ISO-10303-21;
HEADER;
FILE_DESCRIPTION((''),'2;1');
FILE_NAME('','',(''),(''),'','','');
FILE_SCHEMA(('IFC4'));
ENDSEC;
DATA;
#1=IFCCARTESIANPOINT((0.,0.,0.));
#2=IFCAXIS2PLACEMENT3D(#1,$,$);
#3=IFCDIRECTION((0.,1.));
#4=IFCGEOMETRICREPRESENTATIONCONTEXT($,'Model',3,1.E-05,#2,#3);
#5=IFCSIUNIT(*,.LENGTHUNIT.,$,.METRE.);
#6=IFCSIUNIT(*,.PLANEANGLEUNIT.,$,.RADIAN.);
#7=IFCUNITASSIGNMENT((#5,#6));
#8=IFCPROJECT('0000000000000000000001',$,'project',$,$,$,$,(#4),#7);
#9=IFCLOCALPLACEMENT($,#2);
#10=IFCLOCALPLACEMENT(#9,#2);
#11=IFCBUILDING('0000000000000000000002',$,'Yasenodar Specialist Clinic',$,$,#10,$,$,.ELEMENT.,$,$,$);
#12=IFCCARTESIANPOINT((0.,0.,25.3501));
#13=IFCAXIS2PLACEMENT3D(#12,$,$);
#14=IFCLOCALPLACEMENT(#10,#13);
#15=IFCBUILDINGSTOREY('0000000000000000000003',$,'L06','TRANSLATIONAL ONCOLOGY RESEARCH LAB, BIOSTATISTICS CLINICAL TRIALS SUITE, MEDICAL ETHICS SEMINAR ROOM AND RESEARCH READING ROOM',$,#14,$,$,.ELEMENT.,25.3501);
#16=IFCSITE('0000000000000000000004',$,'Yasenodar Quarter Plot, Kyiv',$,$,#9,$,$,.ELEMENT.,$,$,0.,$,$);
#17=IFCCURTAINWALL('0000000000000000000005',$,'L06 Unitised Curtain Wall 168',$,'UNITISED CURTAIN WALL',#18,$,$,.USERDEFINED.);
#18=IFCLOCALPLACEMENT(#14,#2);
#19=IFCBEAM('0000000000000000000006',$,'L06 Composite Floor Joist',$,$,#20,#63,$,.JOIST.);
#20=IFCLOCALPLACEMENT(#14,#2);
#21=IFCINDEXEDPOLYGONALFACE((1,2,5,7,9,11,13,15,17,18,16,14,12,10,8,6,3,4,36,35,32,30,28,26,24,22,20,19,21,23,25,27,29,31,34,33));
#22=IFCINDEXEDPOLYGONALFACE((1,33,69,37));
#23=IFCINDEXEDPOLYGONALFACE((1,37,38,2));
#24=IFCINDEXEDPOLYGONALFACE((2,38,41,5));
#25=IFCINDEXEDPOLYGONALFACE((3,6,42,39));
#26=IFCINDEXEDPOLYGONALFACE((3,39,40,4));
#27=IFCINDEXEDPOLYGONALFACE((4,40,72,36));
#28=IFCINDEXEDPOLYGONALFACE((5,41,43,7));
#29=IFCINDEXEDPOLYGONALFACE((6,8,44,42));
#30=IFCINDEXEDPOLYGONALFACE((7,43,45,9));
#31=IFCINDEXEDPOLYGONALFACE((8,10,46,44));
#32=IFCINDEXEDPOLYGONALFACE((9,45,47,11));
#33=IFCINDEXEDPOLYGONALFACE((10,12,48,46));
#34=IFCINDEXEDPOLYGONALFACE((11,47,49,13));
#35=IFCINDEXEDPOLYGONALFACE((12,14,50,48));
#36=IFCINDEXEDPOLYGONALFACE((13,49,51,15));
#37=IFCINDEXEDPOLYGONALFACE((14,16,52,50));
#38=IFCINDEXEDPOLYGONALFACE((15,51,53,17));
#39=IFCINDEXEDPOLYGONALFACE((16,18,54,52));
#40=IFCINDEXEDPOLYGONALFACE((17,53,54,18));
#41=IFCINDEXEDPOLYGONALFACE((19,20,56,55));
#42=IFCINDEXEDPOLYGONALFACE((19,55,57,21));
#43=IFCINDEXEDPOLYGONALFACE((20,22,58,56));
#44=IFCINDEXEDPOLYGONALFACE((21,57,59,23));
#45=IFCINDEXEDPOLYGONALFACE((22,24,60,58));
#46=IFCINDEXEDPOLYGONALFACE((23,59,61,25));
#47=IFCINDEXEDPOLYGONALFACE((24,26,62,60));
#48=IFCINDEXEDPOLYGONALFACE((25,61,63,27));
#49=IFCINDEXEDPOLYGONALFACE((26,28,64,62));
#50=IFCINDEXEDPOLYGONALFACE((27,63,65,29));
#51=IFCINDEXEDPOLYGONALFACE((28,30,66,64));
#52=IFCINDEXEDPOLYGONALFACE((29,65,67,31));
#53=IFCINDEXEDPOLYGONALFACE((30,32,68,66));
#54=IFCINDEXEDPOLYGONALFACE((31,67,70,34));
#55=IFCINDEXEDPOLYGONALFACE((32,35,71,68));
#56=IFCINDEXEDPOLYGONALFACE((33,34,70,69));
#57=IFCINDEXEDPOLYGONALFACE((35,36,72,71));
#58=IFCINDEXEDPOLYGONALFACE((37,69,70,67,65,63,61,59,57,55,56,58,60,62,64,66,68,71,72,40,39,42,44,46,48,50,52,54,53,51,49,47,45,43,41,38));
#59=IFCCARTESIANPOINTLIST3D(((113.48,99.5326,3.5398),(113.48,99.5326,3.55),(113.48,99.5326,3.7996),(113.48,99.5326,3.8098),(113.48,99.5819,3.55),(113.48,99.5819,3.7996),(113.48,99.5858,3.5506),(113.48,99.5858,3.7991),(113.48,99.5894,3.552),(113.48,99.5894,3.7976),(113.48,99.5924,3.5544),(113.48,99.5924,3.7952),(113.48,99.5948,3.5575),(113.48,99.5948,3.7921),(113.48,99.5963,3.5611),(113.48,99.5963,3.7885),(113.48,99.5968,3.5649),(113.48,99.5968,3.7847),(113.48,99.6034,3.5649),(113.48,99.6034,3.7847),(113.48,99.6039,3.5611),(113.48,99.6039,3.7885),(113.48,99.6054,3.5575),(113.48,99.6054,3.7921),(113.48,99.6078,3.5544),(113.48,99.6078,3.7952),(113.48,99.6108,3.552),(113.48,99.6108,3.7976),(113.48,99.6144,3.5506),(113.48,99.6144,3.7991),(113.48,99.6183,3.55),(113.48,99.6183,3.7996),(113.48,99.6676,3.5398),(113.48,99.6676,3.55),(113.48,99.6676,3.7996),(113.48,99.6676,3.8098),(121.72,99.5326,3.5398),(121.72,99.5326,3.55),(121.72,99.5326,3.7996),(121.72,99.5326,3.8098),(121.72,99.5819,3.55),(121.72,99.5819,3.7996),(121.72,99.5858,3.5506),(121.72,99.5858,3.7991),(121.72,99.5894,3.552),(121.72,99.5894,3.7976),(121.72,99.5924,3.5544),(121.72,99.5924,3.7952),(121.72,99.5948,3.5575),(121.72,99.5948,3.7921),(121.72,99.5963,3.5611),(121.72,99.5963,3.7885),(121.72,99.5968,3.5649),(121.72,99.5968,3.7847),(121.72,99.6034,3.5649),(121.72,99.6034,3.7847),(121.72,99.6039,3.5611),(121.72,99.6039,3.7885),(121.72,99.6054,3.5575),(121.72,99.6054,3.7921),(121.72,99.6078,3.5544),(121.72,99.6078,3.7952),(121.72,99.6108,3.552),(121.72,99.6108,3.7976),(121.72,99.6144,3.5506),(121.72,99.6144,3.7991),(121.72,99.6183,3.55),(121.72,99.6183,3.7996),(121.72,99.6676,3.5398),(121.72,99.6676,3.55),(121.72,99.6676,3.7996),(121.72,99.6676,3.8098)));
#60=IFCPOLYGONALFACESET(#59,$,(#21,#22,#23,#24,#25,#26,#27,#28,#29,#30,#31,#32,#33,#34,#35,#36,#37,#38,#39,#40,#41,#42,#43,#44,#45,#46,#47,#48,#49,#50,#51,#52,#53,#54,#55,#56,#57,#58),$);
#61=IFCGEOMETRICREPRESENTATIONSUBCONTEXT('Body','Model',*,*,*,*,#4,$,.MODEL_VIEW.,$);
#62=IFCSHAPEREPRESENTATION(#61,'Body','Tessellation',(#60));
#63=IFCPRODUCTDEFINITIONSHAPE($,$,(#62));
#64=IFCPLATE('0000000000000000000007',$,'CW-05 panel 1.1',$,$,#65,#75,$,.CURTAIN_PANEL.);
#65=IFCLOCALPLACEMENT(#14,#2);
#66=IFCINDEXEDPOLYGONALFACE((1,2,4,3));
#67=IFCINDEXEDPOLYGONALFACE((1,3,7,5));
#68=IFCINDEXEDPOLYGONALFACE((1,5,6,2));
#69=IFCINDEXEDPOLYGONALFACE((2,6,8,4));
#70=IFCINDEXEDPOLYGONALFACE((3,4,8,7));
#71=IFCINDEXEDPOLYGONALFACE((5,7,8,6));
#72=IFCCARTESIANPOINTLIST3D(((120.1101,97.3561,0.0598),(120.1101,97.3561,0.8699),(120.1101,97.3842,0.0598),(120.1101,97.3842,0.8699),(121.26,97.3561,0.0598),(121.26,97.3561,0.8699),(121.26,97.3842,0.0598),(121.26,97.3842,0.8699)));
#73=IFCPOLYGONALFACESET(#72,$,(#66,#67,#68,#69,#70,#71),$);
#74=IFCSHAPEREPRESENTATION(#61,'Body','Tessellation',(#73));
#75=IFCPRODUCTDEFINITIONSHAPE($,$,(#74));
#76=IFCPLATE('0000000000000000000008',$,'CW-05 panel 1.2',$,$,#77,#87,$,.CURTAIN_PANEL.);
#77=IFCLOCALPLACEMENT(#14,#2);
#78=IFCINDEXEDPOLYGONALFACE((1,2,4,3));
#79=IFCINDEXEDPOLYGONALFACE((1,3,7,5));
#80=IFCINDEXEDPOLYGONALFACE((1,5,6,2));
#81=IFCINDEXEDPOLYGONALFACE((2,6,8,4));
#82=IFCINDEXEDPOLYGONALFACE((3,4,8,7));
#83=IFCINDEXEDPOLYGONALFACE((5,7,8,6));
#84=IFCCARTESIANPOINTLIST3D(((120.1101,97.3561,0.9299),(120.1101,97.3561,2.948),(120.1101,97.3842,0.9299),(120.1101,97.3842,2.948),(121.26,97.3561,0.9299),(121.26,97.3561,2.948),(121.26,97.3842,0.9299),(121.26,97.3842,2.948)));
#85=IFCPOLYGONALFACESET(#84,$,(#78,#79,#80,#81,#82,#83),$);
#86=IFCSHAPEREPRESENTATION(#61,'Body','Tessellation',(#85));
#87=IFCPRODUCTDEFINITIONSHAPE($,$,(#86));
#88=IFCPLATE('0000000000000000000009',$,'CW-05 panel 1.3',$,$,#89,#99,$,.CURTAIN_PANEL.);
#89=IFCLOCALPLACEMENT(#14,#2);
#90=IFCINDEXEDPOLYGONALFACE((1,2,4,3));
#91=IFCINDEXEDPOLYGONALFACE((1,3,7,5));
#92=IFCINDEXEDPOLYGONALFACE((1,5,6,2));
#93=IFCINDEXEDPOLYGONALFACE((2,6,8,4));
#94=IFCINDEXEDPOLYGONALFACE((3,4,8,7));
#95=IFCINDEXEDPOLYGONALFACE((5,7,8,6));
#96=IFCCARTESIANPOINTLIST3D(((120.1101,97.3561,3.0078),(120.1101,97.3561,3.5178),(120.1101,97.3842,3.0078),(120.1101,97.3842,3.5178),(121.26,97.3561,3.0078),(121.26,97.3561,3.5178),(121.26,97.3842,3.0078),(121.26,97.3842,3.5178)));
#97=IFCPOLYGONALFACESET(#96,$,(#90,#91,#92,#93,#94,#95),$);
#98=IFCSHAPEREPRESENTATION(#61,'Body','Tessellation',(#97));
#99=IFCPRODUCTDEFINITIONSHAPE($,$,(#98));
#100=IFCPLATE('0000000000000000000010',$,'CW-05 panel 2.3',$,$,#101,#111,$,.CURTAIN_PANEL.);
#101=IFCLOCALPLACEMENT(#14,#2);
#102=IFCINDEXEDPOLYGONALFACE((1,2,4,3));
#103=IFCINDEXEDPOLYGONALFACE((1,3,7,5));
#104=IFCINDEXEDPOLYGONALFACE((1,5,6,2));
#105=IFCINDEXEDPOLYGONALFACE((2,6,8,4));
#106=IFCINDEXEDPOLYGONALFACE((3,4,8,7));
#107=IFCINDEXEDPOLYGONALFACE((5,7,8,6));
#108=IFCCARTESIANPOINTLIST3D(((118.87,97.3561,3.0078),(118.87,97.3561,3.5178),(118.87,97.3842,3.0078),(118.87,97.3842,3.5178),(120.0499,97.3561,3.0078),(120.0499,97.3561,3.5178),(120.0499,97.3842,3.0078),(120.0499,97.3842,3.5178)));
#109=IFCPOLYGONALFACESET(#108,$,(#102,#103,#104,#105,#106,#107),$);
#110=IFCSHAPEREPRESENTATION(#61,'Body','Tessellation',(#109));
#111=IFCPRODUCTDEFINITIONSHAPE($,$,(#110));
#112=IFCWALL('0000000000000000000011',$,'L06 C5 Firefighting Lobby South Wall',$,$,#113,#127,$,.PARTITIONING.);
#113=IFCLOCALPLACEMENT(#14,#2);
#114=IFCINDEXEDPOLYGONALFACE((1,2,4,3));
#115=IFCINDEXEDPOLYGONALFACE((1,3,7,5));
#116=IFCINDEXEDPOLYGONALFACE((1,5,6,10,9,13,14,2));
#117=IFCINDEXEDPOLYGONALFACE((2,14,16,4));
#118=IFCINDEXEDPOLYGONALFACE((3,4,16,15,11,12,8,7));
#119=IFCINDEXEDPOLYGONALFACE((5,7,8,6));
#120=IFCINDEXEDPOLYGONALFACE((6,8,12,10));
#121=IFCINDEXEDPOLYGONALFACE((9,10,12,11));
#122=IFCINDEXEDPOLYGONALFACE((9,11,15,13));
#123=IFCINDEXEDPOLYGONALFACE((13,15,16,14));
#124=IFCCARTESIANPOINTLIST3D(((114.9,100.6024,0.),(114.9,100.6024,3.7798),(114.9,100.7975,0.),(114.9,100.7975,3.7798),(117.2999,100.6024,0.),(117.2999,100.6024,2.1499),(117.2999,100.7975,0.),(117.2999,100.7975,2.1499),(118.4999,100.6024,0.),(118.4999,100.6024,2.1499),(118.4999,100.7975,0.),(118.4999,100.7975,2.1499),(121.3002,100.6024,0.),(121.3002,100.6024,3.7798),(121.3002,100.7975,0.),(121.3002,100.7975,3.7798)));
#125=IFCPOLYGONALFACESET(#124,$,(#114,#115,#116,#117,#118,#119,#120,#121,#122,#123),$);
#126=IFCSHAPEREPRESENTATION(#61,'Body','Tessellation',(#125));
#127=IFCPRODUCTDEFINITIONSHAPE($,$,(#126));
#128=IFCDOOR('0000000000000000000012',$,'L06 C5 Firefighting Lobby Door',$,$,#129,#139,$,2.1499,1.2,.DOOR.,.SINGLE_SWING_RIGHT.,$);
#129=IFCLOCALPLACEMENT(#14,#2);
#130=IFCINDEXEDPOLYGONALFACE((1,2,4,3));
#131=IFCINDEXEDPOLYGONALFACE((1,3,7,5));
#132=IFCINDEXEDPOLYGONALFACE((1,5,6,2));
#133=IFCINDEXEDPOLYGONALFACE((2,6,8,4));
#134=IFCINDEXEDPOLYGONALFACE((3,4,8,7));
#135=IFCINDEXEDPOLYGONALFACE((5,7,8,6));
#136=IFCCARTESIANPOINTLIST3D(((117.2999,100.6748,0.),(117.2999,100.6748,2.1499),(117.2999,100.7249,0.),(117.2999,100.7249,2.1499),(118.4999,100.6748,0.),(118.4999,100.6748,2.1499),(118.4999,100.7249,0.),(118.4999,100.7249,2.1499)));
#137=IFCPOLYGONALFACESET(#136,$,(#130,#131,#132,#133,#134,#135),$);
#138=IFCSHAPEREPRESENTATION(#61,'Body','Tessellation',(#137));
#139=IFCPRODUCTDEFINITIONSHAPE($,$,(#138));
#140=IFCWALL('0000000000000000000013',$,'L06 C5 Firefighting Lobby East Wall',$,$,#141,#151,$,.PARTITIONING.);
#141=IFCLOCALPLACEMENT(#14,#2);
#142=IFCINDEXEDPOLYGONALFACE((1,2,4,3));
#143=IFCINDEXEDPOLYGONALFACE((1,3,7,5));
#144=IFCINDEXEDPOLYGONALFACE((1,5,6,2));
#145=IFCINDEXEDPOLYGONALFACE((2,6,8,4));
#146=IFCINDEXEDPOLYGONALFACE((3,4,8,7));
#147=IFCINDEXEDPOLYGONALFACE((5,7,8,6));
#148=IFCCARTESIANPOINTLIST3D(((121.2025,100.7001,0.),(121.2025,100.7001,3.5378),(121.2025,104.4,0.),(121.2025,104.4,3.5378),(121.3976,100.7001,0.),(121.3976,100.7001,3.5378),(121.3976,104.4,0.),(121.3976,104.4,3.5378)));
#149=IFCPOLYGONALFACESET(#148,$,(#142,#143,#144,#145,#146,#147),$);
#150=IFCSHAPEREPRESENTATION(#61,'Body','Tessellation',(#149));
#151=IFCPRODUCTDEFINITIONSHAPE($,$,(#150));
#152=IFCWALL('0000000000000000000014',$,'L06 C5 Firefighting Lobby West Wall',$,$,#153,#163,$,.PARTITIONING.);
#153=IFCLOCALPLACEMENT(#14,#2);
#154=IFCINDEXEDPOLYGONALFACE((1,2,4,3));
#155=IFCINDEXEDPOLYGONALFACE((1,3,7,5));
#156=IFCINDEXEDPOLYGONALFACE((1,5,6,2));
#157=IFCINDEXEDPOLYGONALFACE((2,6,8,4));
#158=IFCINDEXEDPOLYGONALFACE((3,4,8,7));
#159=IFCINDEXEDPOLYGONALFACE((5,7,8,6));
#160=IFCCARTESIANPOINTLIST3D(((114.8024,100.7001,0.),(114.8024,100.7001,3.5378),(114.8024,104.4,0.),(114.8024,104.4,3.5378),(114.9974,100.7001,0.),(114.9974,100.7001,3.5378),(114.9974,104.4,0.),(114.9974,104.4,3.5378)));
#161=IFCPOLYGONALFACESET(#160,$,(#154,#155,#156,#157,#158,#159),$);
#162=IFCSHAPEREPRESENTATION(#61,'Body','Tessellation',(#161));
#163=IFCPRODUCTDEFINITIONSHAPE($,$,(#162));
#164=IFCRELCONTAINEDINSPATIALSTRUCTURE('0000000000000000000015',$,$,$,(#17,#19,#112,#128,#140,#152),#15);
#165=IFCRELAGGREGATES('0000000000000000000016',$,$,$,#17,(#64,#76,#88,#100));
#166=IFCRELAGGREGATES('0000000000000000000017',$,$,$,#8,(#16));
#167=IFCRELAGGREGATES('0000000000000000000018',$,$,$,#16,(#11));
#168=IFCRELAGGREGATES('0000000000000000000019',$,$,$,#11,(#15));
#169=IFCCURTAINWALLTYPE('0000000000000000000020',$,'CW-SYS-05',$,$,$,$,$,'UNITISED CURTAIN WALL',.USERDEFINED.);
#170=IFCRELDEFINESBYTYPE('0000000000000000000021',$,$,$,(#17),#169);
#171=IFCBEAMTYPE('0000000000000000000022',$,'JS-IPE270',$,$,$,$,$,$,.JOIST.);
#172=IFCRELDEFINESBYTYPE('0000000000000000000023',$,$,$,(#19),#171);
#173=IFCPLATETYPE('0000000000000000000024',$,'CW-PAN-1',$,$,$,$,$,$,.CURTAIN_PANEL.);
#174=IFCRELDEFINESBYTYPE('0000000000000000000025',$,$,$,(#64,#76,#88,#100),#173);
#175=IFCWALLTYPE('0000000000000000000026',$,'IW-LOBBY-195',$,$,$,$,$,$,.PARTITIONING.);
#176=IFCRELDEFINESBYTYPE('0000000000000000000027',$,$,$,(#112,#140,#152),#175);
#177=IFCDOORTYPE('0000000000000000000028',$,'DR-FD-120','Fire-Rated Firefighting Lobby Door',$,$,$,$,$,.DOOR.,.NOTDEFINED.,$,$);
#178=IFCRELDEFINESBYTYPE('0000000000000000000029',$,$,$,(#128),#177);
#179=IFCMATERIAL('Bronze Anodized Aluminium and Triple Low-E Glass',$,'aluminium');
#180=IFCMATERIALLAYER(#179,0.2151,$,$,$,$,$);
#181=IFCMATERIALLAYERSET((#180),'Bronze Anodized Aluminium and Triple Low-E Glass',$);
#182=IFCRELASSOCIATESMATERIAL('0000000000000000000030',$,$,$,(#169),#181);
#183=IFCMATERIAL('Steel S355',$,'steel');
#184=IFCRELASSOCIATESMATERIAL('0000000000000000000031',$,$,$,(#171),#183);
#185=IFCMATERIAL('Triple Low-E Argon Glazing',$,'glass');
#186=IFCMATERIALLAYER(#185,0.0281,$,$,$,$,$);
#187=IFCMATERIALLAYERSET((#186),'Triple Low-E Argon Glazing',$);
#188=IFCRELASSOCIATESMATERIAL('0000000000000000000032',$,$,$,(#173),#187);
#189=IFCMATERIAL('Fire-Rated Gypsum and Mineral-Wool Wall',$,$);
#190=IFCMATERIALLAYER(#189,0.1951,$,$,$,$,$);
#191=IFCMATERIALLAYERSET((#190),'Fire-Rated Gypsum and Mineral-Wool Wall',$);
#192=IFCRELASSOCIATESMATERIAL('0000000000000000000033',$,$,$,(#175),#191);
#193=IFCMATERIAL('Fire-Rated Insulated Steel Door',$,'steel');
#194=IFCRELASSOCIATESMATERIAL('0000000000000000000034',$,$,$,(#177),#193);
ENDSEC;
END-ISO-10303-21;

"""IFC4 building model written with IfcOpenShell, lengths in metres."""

from ifc_helpers import new_model, si_unit, direction, frame, frame_2d, origin, origin_2d, place, context, subcontext, project, spatial, rectangle, i_section, extrude, material, layer, layer_set, material_profile, profile_set, type_object, element, fill, aggregate, save


model = new_model("IFC4")

# Units and contexts
model_context = context("Model", 3, precision=1e-05, world=origin(), true_north=direction((0.0, 1.0)))
body_context = subcontext(model_context, "Body", "Model", "MODEL_VIEW")
ifc_project = project(units=[si_unit("LENGTHUNIT", "METRE"), si_unit("PLANEANGLEUNIT", "RADIAN")], contexts=[model_context])

# Site, building, storey
site_placement = place(None, origin())
site = spatial("IfcSite", under=ifc_project, at=site_placement, Name="Yasenodar Quarter Plot, Kyiv", CompositionType="ELEMENT", RefElevation=0.0)
building_placement = place(site_placement, origin())
building = spatial("IfcBuilding", under=site, at=building_placement, Name="Yasenodar Specialist Clinic", CompositionType="ELEMENT")
storey_placement = place(building_placement, frame((0.0, 0.0, 25.3501)))
storey = spatial("IfcBuildingStorey", under=building, at=storey_placement, Name="L06", Description="TRANSLATIONAL ONCOLOGY RESEARCH LAB, BIOSTATISTICS CLINICAL TRIALS SUITE, MEDICAL ETHICS SEMINAR ROOM AND RESEARCH READING ROOM", CompositionType="ELEMENT", Elevation=25.3501)

# Curtain wall
ifc_material_1 = material(Name="Bronze Anodized Aluminium and Triple Low-E Glass", Category="aluminium")
ifc_layer_1 = layer(ifc_material_1, 0.2151)
ifc_layer_set_1 = layer_set([ifc_layer_1], Name="Bronze Anodized Aluminium and Triple Low-E Glass")
curtain_wall_type = type_object("IfcCurtainWallType", Name="CW-SYS-05", ElementType="UNITISED CURTAIN WALL", PredefinedType="USERDEFINED", material=ifc_layer_set_1)
curtain_wall_placement = place(storey_placement, origin())
curtain_wall = element("IfcCurtainWall", 1, at=curtain_wall_placement, inside=storey, type_object=curtain_wall_type, Name="L06 Unitised Curtain Wall 168", ObjectType="UNITISED CURTAIN WALL", PredefinedType="USERDEFINED")

# Beam
ifc_material_2 = material(Name="Steel S355", Category="steel")
ifc_material_profile_1 = material_profile(ifc_material_2, i_section(OverallWidth=0.135, OverallDepth=0.27, WebThickness=0.0066, FlangeThickness=0.0103, FilletRadius=0.0149, at=origin_2d()), Name="IPE 270")
ifc_profile_set_1 = profile_set([ifc_material_profile_1], Name="Steel S355")
beam_type_1 = type_object("IfcBeamType", Name="JS-IPE270", PredefinedType="JOIST", material=ifc_profile_set_1)
beam_1_placement = place(storey_placement, frame((113.48, 99.6001, 3.6748), z_axis=(1.0, 0.0, 0.0), x_axis=(0.0, 1.0, 0.0)))
element("IfcBeam", 2, at=beam_1_placement, inside=storey, type_object=beam_type_1, Name="L06 Composite Floor Joist", PredefinedType="JOIST", context=body_context, shape_type="SweptSolid", body=[
    extrude(i_section(OverallWidth=0.135, OverallDepth=0.27, WebThickness=0.0066, FlangeThickness=0.0103, FilletRadius=0.0149, at=origin_2d()), origin(), (0.0, 0.0, 1.0), 8.24),
])

# Plates
ifc_material_3 = material(Name="Triple Low-E Argon Glazing", Category="glass")
ifc_layer_2 = layer(ifc_material_3, 0.0281)
ifc_layer_set_2 = layer_set([ifc_layer_2], Name="Triple Low-E Argon Glazing")
plate_type = type_object("IfcPlateType", Name="CW-PAN-1", PredefinedType="CURTAIN_PANEL", material=ifc_layer_set_2)
plate_1_placement = place(storey_placement, frame((120.6851, 97.3701, 0.0598), z_axis=(0.0, 0.0, 1.0), x_axis=(-1.0, 0.0, 0.0)))
plate_1 = element("IfcPlate", 3, at=plate_1_placement, type_object=plate_type, Name="CW-05 panel 1.1", PredefinedType="CURTAIN_PANEL", context=body_context, shape_type="SweptSolid", body=[
    extrude(rectangle(XDim=1.1499, YDim=0.0281, at=origin_2d()), origin(), (0.0, 0.0, 1.0), 0.8101),
])
plate_2_placement = place(storey_placement, frame((120.6851, 97.3701, 0.9299), z_axis=(0.0, 0.0, 1.0), x_axis=(-1.0, 0.0, 0.0)))
plate_2 = element("IfcPlate", 4, at=plate_2_placement, type_object=plate_type, Name="CW-05 panel 1.2", PredefinedType="CURTAIN_PANEL", context=body_context, shape_type="SweptSolid", body=[
    extrude(rectangle(XDim=1.1499, YDim=0.0281, at=origin_2d()), origin(), (0.0, 0.0, 1.0), 2.0181),
])
plate_3_placement = place(storey_placement, frame((120.6851, 97.3701, 3.0078), z_axis=(0.0, 0.0, 1.0), x_axis=(-1.0, 0.0, 0.0)))
plate_3 = element("IfcPlate", 5, at=plate_3_placement, type_object=plate_type, Name="CW-05 panel 1.3", PredefinedType="CURTAIN_PANEL", context=body_context, shape_type="SweptSolid", body=[
    extrude(rectangle(XDim=1.1499, YDim=0.0281, at=origin_2d()), origin(), (0.0, 0.0, 1.0), 0.51),
])
plate_4_placement = place(storey_placement, frame((119.46, 97.3701, 3.0078), z_axis=(0.0, 0.0, 1.0), x_axis=(-1.0, 0.0, 0.0)))
plate_4 = element("IfcPlate", 6, at=plate_4_placement, type_object=plate_type, Name="CW-05 panel 2.3", PredefinedType="CURTAIN_PANEL", context=body_context, shape_type="SweptSolid", body=[
    extrude(rectangle(XDim=1.1799, YDim=0.0281, at=origin_2d()), origin(), (0.0, 0.0, 1.0), 0.51),
])
aggregate(curtain_wall, [plate_1, plate_2, plate_3, plate_4])

# Wall, opening, door
ifc_material_4 = material(Name="Fire-Rated Gypsum and Mineral-Wool Wall")
ifc_layer_3 = layer(ifc_material_4, 0.1951)
ifc_layer_set_3 = layer_set([ifc_layer_3], Name="Fire-Rated Gypsum and Mineral-Wool Wall")
wall_type = type_object("IfcWallType", Name="IW-LOBBY-195", PredefinedType="PARTITIONING", material=ifc_layer_set_3)
wall_placement = place(storey_placement, frame((114.8999, 100.7, 0.0), z_axis=(0.0, 0.0, 1.0), x_axis=(1.0, 0.0, 0.0)))
wall = element("IfcWall", 7, at=wall_placement, inside=storey, type_object=wall_type, Name="L06 C5 Firefighting Lobby South Wall", PredefinedType="PARTITIONING", context=body_context, shape_type="SweptSolid", body=[
    extrude(rectangle(XDim=6.4001, YDim=0.1951, at=frame_2d((3.2002, 0.0))), origin(), (0.0, 0.0, 1.0), 3.7798),
])
opening_placement = place(wall_placement, frame((2.3999, 0.0, 0.0)))
opening = element("IfcOpeningElement", 8, at=opening_placement, cuts=wall, PredefinedType="OPENING", context=body_context, shape_type="SweptSolid", body=[
    extrude(rectangle(XDim=1.2, YDim=2.1499, at=frame_2d((0.6001, 1.075))), frame((0.0, 0.1074, 0.0), z_axis=(0.0, -1.0, 0.0), x_axis=(1.0, 0.0, 0.0)), (0.0, 0.0, 1.0), 0.2151),
])
ifc_material_5 = material(Name="Fire-Rated Insulated Steel Door", Category="steel")
door_type = type_object("IfcDoorType", Name="DR-FD-120", Description="Fire-Rated Firefighting Lobby Door", OperationType="NOTDEFINED", PredefinedType="DOOR", material=ifc_material_5)
door_placement = place(opening_placement, origin())
door = element("IfcDoor", 9, at=door_placement, inside=storey, type_object=door_type, Name="L06 C5 Firefighting Lobby Door", OperationType="SINGLE_SWING_RIGHT", OverallHeight=2.1499, OverallWidth=1.2, PredefinedType="DOOR", context=body_context, shape_type="SweptSolid", body=[
    extrude(rectangle(XDim=1.2, YDim=2.1499, at=frame_2d((0.6001, 1.075))), frame((0.0, 0.0249, 0.0), z_axis=(0.0, -1.0, 0.0), x_axis=(1.0, 0.0, 0.0)), (0.0, 0.0, 1.0), 0.05),
])
fill(opening, door)

# Walls
for number, where, z_axis, x_axis, name in (
    (10, (121.3, 100.7, 0.0), (0.0, 0.0, 1.0), (0.0, 1.0, 0.0), "L06 C5 Firefighting Lobby East Wall"),
    (11, (114.8999, 100.7, 0.0), (0.0, 0.0, 1.0), (0.0, 1.0, 0.0), "L06 C5 Firefighting Lobby West Wall"),
):
    element("IfcWall", number, at=place(storey_placement, frame(where, z_axis=z_axis, x_axis=x_axis)), inside=storey, type_object=wall_type, Name=name, PredefinedType="PARTITIONING", context=body_context, shape_type="SweptSolid", body=[
        extrude(rectangle(XDim=3.7, YDim=0.1951, at=frame_2d((1.8501, 0.0))), origin(), (0.0, 0.0, 1.0), 3.5378),
    ])

save(model, "model.ifc")
